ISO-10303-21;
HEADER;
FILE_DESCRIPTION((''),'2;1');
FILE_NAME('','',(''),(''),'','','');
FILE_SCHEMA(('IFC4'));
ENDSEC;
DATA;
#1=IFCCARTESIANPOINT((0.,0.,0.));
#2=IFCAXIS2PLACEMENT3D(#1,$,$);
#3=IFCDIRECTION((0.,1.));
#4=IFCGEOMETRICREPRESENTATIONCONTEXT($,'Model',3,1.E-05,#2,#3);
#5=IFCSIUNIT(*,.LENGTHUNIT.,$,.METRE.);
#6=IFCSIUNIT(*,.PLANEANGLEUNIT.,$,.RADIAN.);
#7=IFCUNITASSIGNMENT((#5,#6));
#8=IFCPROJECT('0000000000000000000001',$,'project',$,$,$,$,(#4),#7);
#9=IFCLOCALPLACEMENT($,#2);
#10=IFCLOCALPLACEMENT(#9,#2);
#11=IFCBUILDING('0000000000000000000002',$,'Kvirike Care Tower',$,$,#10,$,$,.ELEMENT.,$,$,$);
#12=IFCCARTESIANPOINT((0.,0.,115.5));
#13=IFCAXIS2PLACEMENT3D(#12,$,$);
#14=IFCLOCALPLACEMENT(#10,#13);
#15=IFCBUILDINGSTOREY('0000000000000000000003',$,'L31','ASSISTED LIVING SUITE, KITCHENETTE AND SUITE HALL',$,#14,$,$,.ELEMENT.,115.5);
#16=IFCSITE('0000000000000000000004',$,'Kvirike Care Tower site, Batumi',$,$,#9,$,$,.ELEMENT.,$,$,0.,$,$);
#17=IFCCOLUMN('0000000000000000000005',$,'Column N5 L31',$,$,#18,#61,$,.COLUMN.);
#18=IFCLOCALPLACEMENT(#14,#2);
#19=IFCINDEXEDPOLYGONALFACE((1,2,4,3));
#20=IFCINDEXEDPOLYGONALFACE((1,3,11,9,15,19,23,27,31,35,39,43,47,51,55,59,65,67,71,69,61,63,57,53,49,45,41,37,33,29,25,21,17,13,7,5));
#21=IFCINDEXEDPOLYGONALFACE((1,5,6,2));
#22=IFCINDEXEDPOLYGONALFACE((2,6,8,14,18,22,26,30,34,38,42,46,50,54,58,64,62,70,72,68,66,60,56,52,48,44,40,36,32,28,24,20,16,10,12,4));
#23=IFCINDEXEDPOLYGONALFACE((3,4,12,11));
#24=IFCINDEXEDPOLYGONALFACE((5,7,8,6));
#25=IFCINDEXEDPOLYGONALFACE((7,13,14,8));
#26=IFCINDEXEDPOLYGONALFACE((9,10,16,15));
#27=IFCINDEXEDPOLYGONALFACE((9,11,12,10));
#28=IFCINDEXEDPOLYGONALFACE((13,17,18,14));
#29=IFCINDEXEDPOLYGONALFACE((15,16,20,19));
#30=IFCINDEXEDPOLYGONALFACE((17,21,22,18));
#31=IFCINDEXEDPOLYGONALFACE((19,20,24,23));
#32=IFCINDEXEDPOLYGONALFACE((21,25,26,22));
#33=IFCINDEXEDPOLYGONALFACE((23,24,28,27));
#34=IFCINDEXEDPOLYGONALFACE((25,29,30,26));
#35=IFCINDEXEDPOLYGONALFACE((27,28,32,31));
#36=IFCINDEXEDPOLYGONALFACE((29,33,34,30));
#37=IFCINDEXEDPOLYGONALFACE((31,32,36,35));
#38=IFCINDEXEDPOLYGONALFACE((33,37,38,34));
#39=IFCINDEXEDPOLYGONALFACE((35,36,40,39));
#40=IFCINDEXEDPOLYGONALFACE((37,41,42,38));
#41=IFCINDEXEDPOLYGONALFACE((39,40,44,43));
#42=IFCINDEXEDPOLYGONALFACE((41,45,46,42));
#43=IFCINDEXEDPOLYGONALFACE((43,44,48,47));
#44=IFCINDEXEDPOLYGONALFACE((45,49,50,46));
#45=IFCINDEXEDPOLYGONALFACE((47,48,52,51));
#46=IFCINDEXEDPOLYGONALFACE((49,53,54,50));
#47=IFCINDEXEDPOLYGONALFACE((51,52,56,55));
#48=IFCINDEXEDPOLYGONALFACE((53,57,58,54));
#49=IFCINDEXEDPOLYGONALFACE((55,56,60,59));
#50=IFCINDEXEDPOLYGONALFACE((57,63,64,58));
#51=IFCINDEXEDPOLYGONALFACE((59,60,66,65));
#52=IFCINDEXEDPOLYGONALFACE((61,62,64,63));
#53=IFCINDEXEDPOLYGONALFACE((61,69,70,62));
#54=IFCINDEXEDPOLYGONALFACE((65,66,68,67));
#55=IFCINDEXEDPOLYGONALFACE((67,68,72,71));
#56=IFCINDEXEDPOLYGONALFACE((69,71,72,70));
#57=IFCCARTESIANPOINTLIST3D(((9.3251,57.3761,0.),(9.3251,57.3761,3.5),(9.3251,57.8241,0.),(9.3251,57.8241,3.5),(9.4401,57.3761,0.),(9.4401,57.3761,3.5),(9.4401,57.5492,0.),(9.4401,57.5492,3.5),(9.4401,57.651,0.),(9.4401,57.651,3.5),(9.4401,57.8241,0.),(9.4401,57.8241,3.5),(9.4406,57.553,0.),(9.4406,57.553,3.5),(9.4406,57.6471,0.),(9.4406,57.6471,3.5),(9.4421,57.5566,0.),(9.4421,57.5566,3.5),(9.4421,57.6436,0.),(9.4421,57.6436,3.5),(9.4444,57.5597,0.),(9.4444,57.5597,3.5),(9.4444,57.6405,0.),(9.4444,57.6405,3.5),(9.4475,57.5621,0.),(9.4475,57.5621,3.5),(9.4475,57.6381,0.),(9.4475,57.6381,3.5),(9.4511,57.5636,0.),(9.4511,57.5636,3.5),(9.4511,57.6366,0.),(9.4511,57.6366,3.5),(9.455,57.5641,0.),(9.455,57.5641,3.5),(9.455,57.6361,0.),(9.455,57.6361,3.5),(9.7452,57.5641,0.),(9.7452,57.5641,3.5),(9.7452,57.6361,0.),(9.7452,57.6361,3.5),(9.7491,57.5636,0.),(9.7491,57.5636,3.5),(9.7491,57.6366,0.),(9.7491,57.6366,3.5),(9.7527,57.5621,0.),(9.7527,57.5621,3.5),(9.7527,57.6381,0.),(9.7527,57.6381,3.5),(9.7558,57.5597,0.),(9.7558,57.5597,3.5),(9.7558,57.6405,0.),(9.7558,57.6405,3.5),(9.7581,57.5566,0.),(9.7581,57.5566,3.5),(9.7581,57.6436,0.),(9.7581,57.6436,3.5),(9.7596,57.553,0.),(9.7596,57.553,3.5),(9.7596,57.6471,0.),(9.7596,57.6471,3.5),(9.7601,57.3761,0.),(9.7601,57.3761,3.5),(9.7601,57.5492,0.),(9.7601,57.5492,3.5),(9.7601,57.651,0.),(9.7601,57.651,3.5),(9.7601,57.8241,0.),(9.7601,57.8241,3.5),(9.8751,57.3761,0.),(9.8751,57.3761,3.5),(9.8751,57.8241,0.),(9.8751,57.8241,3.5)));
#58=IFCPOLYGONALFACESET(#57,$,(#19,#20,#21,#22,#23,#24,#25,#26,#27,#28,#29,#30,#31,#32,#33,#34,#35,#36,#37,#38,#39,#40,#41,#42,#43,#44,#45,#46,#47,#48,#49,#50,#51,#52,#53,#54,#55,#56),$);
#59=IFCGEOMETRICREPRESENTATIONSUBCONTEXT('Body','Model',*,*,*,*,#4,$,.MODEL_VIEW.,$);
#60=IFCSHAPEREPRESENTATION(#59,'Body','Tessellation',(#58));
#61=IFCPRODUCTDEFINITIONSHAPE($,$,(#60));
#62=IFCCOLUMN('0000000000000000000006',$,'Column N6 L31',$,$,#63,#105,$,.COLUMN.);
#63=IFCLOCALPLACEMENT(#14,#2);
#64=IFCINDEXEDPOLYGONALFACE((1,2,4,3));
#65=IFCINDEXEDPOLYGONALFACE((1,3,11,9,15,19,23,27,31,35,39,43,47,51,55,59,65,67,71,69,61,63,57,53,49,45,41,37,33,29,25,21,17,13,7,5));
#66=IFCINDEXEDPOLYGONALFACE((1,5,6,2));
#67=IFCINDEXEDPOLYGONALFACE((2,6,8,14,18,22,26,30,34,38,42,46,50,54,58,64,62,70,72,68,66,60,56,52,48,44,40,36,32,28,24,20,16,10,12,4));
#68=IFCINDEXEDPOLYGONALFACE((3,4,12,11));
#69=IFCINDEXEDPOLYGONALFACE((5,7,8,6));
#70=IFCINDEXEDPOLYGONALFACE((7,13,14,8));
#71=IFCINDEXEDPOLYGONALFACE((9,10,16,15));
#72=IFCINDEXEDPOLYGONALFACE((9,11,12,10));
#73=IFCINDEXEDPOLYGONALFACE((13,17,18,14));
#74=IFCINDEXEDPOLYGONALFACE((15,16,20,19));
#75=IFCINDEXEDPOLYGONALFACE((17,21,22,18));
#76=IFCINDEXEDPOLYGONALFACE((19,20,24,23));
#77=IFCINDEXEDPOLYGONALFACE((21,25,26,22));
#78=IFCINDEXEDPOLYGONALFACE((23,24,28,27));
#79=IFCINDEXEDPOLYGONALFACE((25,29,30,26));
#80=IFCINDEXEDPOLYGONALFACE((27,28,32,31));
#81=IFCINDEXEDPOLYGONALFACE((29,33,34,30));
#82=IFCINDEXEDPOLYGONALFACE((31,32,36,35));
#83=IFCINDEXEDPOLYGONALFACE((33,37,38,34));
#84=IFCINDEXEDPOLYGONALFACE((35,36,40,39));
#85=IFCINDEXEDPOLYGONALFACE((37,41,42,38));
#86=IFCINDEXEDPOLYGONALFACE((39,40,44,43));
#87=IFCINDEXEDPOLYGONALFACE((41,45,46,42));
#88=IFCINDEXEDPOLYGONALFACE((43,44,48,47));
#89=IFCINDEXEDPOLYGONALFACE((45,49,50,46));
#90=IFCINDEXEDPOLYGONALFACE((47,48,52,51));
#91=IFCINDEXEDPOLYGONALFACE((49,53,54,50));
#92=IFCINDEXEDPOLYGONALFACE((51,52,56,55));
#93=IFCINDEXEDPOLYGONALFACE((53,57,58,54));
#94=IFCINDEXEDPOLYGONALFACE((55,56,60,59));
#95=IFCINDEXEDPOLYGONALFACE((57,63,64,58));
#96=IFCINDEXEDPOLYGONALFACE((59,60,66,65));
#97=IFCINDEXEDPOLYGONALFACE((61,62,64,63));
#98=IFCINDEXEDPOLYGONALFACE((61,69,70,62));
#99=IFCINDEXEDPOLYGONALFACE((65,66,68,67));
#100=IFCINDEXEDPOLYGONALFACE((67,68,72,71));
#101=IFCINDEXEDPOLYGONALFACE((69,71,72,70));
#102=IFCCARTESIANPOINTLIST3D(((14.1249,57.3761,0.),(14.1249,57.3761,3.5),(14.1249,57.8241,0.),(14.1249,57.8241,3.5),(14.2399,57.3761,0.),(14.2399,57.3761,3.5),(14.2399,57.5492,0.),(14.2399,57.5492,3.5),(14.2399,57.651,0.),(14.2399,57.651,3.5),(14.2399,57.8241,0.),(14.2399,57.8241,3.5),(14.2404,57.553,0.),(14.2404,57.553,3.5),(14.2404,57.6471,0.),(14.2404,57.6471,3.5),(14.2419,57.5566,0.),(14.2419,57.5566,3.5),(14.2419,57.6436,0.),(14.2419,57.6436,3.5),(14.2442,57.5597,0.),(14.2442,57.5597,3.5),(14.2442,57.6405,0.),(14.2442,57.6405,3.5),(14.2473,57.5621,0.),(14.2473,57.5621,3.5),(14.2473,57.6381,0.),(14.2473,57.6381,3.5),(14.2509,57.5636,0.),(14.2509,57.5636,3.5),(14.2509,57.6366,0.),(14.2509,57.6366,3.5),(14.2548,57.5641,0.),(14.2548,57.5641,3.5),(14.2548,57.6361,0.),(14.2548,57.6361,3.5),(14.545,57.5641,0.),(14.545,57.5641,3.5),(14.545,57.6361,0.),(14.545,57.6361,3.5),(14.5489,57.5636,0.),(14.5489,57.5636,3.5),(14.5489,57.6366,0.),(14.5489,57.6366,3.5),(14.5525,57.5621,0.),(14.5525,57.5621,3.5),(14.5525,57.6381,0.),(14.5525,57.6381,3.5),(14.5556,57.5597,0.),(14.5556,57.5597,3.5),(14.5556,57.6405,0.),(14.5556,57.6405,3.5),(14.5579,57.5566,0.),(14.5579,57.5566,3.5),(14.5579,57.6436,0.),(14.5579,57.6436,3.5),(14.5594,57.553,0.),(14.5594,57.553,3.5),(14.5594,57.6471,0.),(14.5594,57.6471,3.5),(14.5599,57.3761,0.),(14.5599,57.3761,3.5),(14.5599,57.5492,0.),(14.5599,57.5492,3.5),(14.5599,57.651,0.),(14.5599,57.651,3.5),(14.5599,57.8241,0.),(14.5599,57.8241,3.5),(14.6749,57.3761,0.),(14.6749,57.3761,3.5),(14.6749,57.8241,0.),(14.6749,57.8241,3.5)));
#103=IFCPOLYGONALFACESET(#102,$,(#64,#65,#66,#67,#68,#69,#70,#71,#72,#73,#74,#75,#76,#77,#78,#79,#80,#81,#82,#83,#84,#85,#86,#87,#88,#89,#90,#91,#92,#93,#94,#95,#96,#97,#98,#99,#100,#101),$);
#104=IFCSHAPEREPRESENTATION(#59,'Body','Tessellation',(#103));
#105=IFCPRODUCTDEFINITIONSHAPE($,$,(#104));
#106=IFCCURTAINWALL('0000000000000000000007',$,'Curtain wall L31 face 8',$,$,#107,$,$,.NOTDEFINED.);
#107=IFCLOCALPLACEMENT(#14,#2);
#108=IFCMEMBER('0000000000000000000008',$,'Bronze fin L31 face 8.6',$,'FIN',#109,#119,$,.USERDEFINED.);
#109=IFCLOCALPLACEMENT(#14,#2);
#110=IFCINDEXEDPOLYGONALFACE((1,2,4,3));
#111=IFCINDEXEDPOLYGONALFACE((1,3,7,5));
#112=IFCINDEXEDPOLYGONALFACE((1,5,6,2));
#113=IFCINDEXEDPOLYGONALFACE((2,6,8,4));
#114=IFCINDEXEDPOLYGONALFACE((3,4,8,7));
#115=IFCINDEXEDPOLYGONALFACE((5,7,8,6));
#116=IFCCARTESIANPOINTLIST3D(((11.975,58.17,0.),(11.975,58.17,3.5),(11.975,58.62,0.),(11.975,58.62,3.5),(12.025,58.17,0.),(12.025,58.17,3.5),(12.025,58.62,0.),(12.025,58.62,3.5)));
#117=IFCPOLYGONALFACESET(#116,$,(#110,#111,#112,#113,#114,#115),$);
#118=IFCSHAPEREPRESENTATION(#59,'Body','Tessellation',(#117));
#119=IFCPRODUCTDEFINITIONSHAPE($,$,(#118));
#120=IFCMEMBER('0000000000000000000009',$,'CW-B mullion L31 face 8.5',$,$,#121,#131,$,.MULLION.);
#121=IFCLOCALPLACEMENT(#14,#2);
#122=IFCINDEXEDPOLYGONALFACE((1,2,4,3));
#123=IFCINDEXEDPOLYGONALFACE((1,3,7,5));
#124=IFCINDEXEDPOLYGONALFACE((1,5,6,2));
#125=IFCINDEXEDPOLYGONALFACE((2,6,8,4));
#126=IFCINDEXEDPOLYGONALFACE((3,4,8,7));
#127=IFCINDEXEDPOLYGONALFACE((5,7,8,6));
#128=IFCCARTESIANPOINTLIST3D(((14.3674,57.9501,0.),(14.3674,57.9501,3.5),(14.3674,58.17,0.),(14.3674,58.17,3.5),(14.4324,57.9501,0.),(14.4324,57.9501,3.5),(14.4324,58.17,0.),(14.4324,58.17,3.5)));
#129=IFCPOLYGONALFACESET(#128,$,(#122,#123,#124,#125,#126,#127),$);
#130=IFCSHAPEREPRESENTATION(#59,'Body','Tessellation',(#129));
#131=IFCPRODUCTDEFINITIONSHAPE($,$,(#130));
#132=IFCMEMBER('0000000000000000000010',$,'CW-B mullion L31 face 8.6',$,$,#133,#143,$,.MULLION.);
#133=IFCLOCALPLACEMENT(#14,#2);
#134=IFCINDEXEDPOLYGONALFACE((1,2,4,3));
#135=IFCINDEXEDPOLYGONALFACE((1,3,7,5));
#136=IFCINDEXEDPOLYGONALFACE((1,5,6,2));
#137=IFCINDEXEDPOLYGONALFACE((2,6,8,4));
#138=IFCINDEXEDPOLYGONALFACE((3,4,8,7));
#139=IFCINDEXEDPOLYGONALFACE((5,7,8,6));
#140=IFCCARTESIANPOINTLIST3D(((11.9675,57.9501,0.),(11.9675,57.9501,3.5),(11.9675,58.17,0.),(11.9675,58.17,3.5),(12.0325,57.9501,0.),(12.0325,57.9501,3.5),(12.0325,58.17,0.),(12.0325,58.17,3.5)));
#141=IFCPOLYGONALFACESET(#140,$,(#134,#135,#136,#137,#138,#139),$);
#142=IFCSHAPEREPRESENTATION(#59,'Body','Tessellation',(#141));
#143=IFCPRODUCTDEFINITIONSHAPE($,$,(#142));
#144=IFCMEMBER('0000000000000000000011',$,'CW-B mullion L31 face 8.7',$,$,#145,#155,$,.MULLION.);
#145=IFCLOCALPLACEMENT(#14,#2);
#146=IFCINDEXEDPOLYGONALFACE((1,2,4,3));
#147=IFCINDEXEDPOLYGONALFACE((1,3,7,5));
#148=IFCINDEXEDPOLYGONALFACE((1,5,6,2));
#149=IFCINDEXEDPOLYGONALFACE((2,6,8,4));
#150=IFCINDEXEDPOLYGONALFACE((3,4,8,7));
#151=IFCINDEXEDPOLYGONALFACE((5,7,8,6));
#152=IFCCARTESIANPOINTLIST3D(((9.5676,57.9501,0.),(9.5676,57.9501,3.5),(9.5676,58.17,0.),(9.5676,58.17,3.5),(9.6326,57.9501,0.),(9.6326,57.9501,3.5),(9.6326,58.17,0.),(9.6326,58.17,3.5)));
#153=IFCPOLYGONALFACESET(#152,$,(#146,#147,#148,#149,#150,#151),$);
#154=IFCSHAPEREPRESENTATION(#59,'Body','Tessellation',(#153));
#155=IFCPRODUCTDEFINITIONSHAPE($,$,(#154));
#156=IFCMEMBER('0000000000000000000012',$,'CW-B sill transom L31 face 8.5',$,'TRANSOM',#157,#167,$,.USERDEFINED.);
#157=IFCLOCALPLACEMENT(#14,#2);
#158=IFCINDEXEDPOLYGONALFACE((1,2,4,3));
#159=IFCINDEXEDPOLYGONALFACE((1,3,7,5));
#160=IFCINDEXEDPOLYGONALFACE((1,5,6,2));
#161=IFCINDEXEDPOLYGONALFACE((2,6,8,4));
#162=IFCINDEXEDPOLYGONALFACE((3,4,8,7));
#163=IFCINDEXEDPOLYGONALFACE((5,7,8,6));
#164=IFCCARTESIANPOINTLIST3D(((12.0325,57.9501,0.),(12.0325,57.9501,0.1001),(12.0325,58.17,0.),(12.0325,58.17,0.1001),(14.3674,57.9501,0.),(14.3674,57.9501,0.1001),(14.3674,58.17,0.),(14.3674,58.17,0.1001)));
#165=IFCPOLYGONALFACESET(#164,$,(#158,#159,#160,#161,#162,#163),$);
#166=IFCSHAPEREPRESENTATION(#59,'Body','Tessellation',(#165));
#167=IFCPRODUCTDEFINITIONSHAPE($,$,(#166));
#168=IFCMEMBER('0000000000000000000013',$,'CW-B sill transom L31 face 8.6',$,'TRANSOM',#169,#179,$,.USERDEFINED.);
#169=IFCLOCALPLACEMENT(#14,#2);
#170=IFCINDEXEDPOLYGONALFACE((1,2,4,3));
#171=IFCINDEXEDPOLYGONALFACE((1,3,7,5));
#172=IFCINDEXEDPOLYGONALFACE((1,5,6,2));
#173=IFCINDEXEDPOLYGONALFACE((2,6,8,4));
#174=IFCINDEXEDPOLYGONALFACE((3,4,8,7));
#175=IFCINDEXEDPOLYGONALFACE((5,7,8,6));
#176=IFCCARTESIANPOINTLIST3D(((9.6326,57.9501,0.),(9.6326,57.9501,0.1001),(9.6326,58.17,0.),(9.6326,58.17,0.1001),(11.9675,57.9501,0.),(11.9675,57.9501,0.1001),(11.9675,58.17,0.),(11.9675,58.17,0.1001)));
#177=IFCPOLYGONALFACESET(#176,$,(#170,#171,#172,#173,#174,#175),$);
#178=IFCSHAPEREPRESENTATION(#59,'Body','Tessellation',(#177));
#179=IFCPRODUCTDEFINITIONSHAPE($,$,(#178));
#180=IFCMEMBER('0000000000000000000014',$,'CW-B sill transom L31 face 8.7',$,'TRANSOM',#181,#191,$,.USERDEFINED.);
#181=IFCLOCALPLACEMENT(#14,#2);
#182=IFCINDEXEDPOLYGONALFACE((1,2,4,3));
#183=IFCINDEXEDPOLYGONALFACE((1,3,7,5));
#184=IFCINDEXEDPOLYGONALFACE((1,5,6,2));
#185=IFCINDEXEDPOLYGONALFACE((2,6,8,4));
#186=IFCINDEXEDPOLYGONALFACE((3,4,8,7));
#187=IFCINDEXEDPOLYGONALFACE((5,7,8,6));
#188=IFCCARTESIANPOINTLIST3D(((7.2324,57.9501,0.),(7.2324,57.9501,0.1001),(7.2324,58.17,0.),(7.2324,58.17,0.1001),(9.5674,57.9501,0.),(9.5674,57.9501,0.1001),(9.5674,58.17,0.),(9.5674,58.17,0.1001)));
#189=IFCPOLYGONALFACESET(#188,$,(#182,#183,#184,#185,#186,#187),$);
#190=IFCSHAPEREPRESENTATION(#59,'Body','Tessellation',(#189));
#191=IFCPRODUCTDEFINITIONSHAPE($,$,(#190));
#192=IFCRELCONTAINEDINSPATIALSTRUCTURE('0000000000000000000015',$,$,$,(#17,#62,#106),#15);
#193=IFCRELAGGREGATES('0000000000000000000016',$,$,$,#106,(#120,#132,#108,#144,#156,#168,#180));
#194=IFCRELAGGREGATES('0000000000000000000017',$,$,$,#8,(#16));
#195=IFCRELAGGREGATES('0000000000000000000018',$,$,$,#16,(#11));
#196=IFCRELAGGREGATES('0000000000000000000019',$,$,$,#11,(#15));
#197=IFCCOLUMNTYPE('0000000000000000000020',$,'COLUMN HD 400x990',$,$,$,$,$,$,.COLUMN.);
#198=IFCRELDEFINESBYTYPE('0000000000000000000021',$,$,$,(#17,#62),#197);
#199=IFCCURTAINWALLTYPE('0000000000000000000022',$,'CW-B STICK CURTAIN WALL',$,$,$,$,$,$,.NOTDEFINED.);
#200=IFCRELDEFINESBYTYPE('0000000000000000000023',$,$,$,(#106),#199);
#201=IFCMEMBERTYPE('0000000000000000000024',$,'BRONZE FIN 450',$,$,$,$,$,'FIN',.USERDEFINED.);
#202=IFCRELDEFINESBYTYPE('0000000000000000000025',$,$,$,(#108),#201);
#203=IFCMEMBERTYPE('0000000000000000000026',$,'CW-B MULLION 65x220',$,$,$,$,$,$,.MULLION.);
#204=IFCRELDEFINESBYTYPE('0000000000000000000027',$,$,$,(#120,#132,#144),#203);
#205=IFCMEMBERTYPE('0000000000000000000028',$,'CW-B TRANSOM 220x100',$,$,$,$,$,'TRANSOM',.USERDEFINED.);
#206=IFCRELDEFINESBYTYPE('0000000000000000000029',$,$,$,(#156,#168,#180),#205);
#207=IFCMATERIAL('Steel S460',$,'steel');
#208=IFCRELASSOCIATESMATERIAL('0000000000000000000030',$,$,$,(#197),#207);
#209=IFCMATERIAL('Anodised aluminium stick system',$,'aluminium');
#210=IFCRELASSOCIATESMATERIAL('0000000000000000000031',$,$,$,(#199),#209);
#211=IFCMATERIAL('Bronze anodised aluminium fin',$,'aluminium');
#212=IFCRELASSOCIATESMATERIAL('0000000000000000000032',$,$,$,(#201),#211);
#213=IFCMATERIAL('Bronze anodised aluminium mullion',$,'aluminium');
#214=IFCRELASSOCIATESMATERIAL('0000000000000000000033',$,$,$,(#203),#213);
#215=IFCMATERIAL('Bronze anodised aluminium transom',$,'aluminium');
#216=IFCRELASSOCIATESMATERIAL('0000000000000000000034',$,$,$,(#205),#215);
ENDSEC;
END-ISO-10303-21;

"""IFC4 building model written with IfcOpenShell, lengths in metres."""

from ifc_helpers import new_model, si_unit, direction, frame, origin, origin_2d, place, context, subcontext, project, spatial, rectangle, i_section, extrude, material, material_profile, profile_set, type_object, element, aggregate, save


model = new_model("IFC4")

# Units and contexts
model_context = context("Model", 3, precision=1e-05, world=origin(), true_north=direction((0.0, 1.0)))
body_context = subcontext(model_context, "Body", "Model", "MODEL_VIEW")
ifc_project = project(units=[si_unit("LENGTHUNIT", "METRE"), si_unit("PLANEANGLEUNIT", "RADIAN")], contexts=[model_context])

# Site, building, storey
site_placement = place(None, origin())
site = spatial("IfcSite", under=ifc_project, at=site_placement, Name="Kvirike Care Tower site, Batumi", CompositionType="ELEMENT", RefElevation=0.0)
building_placement = place(site_placement, origin())
building = spatial("IfcBuilding", under=site, at=building_placement, Name="Kvirike Care Tower", CompositionType="ELEMENT")
storey_placement = place(building_placement, frame((0.0, 0.0, 115.5)))
storey = spatial("IfcBuildingStorey", under=building, at=storey_placement, Name="L31", Description="ASSISTED LIVING SUITE, KITCHENETTE AND SUITE HALL", CompositionType="ELEMENT", Elevation=115.5)

# Columns
ifc_material_1 = material(Name="Steel S460", Category="steel")
ifc_material_profile_1 = material_profile(ifc_material_1, i_section(OverallWidth=0.448, OverallDepth=0.55, WebThickness=0.072, FlangeThickness=0.115, FilletRadius=0.0149, at=origin_2d()), Name="HD 400x990")
ifc_profile_set_1 = profile_set([ifc_material_profile_1], Name="Steel S460")
column_type = type_object("IfcColumnType", Name="COLUMN HD 400x990", PredefinedType="COLUMN", material=ifc_profile_set_1)
for number, where, z_axis, x_axis, name in (
    (1, (9.6001, 57.6001, 0.0), (0.0, 0.0, 1.0), (0.0, 1.0, 0.0), "Column N5 L31"),
    (2, (14.3999, 57.6001, 0.0), (0.0, 0.0, 1.0), (0.0, 1.0, 0.0), "Column N6 L31"),
):
    element("IfcColumn", number, at=place(storey_placement, frame(where, z_axis=z_axis, x_axis=x_axis)), inside=storey, type_object=column_type, Name=name, PredefinedType="COLUMN", context=body_context, shape_type="SweptSolid", body=[
        extrude(i_section(OverallWidth=0.448, OverallDepth=0.55, WebThickness=0.072, FlangeThickness=0.115, FilletRadius=0.0149, at=origin_2d()), origin(), (0.0, 0.0, 1.0), 3.5),
    ])

# Curtain wall, members
ifc_material_2 = material(Name="Anodised aluminium stick system", Category="aluminium")
curtain_wall_type = type_object("IfcCurtainWallType", Name="CW-B STICK CURTAIN WALL", PredefinedType="NOTDEFINED", material=ifc_material_2)
curtain_wall_placement = place(storey_placement, origin())
curtain_wall = element("IfcCurtainWall", 3, at=curtain_wall_placement, inside=storey, type_object=curtain_wall_type, Name="Curtain wall L31 face 8", PredefinedType="NOTDEFINED")
ifc_material_3 = material(Name="Bronze anodised aluminium fin", Category="aluminium")
ifc_material_profile_2 = material_profile(ifc_material_3, rectangle(XDim=0.05, YDim=0.45, at=origin_2d()), Name="BRONZE FIN 450")
ifc_profile_set_2 = profile_set([ifc_material_profile_2], Name="Bronze anodised aluminium fin")
member_type_1 = type_object("IfcMemberType", Name="BRONZE FIN 450", ElementType="FIN", PredefinedType="USERDEFINED", material=ifc_profile_set_2)
member_1_placement = place(storey_placement, frame((12.0, 58.395, 0.0), z_axis=(0.0, 0.0, 1.0), x_axis=(-1.0, 0.0, 0.0)))
member_1 = element("IfcMember", 4, at=member_1_placement, type_object=member_type_1, Name="Bronze fin L31 face 8.6", ObjectType="FIN", PredefinedType="USERDEFINED", context=body_context, shape_type="SweptSolid", body=[
    extrude(rectangle(XDim=0.05, YDim=0.45, at=origin_2d()), origin(), (0.0, 0.0, 1.0), 3.5),
])
ifc_material_4 = material(Name="Bronze anodised aluminium mullion", Category="aluminium")
ifc_material_profile_3 = material_profile(ifc_material_4, rectangle(XDim=0.0649, YDim=0.22, at=origin_2d()), Name="CW-B MULLION 65x220")
ifc_profile_set_3 = profile_set([ifc_material_profile_3], Name="Bronze anodised aluminium mullion")
member_type_2 = type_object("IfcMemberType", Name="CW-B MULLION 65x220", PredefinedType="MULLION", material=ifc_profile_set_3)
member_2_placement = place(storey_placement, frame((14.3999, 58.0601, 0.0), z_axis=(0.0, 0.0, 1.0), x_axis=(-1.0, 0.0, 0.0)))
member_2 = element("IfcMember", 5, at=member_2_placement, type_object=member_type_2, Name="CW-B mullion L31 face 8.5", PredefinedType="MULLION", context=body_context, shape_type="SweptSolid", body=[
    extrude(rectangle(XDim=0.0649, YDim=0.22, at=origin_2d()), origin(), (0.0, 0.0, 1.0), 3.5),
])
member_3_placement = place(storey_placement, frame((12.0, 58.0601, 0.0), z_axis=(0.0, 0.0, 1.0), x_axis=(-1.0, 0.0, 0.0)))
member_3 = element("IfcMember", 6, at=member_3_placement, type_object=member_type_2, Name="CW-B mullion L31 face 8.6", PredefinedType="MULLION", context=body_context, shape_type="SweptSolid", body=[
    extrude(rectangle(XDim=0.0649, YDim=0.22, at=origin_2d()), origin(), (0.0, 0.0, 1.0), 3.5),
])
member_4_placement = place(storey_placement, frame((9.6001, 58.0601, 0.0), z_axis=(0.0, 0.0, 1.0), x_axis=(-1.0, 0.0, 0.0)))
member_4 = element("IfcMember", 7, at=member_4_placement, type_object=member_type_2, Name="CW-B mullion L31 face 8.7", PredefinedType="MULLION", context=body_context, shape_type="SweptSolid", body=[
    extrude(rectangle(XDim=0.0649, YDim=0.22, at=origin_2d()), origin(), (0.0, 0.0, 1.0), 3.5),
])
ifc_material_5 = material(Name="Bronze anodised aluminium transom", Category="aluminium")
ifc_material_profile_4 = material_profile(ifc_material_5, rectangle(XDim=0.22, YDim=0.1001, at=origin_2d()), Name="CW-B TRANSOM 220x100")
ifc_profile_set_4 = profile_set([ifc_material_profile_4], Name="Bronze anodised aluminium transom")
member_type_3 = type_object("IfcMemberType", Name="CW-B TRANSOM 220x100", ElementType="TRANSOM", PredefinedType="USERDEFINED", material=ifc_profile_set_4)
member_5_placement = place(storey_placement, frame((14.3674, 58.0601, 0.05), z_axis=(-1.0, 0.0, 0.0), x_axis=(0.0, -1.0, 0.0)))
member_5 = element("IfcMember", 8, at=member_5_placement, type_object=member_type_3, Name="CW-B sill transom L31 face 8.5", ObjectType="TRANSOM", PredefinedType="USERDEFINED", context=body_context, shape_type="SweptSolid", body=[
    extrude(rectangle(XDim=0.22, YDim=0.1001, at=origin_2d()), origin(), (0.0, 0.0, 1.0), 2.335),
])
member_6_placement = place(storey_placement, frame((11.9675, 58.0601, 0.05), z_axis=(-1.0, 0.0, 0.0), x_axis=(0.0, -1.0, 0.0)))
member_6 = element("IfcMember", 9, at=member_6_placement, type_object=member_type_3, Name="CW-B sill transom L31 face 8.6", ObjectType="TRANSOM", PredefinedType="USERDEFINED", context=body_context, shape_type="SweptSolid", body=[
    extrude(rectangle(XDim=0.22, YDim=0.1001, at=origin_2d()), origin(), (0.0, 0.0, 1.0), 2.335),
])
member_7_placement = place(storey_placement, frame((9.5674, 58.0601, 0.05), z_axis=(-1.0, 0.0, 0.0), x_axis=(0.0, -1.0, 0.0)))
member_7 = element("IfcMember", 10, at=member_7_placement, type_object=member_type_3, Name="CW-B sill transom L31 face 8.7", ObjectType="TRANSOM", PredefinedType="USERDEFINED", context=body_context, shape_type="SweptSolid", body=[
    extrude(rectangle(XDim=0.22, YDim=0.1001, at=origin_2d()), origin(), (0.0, 0.0, 1.0), 2.335),
])

aggregate(curtain_wall, [member_2, member_3, member_1, member_4, member_5, member_6, member_7])

save(model, "model.ifc")
